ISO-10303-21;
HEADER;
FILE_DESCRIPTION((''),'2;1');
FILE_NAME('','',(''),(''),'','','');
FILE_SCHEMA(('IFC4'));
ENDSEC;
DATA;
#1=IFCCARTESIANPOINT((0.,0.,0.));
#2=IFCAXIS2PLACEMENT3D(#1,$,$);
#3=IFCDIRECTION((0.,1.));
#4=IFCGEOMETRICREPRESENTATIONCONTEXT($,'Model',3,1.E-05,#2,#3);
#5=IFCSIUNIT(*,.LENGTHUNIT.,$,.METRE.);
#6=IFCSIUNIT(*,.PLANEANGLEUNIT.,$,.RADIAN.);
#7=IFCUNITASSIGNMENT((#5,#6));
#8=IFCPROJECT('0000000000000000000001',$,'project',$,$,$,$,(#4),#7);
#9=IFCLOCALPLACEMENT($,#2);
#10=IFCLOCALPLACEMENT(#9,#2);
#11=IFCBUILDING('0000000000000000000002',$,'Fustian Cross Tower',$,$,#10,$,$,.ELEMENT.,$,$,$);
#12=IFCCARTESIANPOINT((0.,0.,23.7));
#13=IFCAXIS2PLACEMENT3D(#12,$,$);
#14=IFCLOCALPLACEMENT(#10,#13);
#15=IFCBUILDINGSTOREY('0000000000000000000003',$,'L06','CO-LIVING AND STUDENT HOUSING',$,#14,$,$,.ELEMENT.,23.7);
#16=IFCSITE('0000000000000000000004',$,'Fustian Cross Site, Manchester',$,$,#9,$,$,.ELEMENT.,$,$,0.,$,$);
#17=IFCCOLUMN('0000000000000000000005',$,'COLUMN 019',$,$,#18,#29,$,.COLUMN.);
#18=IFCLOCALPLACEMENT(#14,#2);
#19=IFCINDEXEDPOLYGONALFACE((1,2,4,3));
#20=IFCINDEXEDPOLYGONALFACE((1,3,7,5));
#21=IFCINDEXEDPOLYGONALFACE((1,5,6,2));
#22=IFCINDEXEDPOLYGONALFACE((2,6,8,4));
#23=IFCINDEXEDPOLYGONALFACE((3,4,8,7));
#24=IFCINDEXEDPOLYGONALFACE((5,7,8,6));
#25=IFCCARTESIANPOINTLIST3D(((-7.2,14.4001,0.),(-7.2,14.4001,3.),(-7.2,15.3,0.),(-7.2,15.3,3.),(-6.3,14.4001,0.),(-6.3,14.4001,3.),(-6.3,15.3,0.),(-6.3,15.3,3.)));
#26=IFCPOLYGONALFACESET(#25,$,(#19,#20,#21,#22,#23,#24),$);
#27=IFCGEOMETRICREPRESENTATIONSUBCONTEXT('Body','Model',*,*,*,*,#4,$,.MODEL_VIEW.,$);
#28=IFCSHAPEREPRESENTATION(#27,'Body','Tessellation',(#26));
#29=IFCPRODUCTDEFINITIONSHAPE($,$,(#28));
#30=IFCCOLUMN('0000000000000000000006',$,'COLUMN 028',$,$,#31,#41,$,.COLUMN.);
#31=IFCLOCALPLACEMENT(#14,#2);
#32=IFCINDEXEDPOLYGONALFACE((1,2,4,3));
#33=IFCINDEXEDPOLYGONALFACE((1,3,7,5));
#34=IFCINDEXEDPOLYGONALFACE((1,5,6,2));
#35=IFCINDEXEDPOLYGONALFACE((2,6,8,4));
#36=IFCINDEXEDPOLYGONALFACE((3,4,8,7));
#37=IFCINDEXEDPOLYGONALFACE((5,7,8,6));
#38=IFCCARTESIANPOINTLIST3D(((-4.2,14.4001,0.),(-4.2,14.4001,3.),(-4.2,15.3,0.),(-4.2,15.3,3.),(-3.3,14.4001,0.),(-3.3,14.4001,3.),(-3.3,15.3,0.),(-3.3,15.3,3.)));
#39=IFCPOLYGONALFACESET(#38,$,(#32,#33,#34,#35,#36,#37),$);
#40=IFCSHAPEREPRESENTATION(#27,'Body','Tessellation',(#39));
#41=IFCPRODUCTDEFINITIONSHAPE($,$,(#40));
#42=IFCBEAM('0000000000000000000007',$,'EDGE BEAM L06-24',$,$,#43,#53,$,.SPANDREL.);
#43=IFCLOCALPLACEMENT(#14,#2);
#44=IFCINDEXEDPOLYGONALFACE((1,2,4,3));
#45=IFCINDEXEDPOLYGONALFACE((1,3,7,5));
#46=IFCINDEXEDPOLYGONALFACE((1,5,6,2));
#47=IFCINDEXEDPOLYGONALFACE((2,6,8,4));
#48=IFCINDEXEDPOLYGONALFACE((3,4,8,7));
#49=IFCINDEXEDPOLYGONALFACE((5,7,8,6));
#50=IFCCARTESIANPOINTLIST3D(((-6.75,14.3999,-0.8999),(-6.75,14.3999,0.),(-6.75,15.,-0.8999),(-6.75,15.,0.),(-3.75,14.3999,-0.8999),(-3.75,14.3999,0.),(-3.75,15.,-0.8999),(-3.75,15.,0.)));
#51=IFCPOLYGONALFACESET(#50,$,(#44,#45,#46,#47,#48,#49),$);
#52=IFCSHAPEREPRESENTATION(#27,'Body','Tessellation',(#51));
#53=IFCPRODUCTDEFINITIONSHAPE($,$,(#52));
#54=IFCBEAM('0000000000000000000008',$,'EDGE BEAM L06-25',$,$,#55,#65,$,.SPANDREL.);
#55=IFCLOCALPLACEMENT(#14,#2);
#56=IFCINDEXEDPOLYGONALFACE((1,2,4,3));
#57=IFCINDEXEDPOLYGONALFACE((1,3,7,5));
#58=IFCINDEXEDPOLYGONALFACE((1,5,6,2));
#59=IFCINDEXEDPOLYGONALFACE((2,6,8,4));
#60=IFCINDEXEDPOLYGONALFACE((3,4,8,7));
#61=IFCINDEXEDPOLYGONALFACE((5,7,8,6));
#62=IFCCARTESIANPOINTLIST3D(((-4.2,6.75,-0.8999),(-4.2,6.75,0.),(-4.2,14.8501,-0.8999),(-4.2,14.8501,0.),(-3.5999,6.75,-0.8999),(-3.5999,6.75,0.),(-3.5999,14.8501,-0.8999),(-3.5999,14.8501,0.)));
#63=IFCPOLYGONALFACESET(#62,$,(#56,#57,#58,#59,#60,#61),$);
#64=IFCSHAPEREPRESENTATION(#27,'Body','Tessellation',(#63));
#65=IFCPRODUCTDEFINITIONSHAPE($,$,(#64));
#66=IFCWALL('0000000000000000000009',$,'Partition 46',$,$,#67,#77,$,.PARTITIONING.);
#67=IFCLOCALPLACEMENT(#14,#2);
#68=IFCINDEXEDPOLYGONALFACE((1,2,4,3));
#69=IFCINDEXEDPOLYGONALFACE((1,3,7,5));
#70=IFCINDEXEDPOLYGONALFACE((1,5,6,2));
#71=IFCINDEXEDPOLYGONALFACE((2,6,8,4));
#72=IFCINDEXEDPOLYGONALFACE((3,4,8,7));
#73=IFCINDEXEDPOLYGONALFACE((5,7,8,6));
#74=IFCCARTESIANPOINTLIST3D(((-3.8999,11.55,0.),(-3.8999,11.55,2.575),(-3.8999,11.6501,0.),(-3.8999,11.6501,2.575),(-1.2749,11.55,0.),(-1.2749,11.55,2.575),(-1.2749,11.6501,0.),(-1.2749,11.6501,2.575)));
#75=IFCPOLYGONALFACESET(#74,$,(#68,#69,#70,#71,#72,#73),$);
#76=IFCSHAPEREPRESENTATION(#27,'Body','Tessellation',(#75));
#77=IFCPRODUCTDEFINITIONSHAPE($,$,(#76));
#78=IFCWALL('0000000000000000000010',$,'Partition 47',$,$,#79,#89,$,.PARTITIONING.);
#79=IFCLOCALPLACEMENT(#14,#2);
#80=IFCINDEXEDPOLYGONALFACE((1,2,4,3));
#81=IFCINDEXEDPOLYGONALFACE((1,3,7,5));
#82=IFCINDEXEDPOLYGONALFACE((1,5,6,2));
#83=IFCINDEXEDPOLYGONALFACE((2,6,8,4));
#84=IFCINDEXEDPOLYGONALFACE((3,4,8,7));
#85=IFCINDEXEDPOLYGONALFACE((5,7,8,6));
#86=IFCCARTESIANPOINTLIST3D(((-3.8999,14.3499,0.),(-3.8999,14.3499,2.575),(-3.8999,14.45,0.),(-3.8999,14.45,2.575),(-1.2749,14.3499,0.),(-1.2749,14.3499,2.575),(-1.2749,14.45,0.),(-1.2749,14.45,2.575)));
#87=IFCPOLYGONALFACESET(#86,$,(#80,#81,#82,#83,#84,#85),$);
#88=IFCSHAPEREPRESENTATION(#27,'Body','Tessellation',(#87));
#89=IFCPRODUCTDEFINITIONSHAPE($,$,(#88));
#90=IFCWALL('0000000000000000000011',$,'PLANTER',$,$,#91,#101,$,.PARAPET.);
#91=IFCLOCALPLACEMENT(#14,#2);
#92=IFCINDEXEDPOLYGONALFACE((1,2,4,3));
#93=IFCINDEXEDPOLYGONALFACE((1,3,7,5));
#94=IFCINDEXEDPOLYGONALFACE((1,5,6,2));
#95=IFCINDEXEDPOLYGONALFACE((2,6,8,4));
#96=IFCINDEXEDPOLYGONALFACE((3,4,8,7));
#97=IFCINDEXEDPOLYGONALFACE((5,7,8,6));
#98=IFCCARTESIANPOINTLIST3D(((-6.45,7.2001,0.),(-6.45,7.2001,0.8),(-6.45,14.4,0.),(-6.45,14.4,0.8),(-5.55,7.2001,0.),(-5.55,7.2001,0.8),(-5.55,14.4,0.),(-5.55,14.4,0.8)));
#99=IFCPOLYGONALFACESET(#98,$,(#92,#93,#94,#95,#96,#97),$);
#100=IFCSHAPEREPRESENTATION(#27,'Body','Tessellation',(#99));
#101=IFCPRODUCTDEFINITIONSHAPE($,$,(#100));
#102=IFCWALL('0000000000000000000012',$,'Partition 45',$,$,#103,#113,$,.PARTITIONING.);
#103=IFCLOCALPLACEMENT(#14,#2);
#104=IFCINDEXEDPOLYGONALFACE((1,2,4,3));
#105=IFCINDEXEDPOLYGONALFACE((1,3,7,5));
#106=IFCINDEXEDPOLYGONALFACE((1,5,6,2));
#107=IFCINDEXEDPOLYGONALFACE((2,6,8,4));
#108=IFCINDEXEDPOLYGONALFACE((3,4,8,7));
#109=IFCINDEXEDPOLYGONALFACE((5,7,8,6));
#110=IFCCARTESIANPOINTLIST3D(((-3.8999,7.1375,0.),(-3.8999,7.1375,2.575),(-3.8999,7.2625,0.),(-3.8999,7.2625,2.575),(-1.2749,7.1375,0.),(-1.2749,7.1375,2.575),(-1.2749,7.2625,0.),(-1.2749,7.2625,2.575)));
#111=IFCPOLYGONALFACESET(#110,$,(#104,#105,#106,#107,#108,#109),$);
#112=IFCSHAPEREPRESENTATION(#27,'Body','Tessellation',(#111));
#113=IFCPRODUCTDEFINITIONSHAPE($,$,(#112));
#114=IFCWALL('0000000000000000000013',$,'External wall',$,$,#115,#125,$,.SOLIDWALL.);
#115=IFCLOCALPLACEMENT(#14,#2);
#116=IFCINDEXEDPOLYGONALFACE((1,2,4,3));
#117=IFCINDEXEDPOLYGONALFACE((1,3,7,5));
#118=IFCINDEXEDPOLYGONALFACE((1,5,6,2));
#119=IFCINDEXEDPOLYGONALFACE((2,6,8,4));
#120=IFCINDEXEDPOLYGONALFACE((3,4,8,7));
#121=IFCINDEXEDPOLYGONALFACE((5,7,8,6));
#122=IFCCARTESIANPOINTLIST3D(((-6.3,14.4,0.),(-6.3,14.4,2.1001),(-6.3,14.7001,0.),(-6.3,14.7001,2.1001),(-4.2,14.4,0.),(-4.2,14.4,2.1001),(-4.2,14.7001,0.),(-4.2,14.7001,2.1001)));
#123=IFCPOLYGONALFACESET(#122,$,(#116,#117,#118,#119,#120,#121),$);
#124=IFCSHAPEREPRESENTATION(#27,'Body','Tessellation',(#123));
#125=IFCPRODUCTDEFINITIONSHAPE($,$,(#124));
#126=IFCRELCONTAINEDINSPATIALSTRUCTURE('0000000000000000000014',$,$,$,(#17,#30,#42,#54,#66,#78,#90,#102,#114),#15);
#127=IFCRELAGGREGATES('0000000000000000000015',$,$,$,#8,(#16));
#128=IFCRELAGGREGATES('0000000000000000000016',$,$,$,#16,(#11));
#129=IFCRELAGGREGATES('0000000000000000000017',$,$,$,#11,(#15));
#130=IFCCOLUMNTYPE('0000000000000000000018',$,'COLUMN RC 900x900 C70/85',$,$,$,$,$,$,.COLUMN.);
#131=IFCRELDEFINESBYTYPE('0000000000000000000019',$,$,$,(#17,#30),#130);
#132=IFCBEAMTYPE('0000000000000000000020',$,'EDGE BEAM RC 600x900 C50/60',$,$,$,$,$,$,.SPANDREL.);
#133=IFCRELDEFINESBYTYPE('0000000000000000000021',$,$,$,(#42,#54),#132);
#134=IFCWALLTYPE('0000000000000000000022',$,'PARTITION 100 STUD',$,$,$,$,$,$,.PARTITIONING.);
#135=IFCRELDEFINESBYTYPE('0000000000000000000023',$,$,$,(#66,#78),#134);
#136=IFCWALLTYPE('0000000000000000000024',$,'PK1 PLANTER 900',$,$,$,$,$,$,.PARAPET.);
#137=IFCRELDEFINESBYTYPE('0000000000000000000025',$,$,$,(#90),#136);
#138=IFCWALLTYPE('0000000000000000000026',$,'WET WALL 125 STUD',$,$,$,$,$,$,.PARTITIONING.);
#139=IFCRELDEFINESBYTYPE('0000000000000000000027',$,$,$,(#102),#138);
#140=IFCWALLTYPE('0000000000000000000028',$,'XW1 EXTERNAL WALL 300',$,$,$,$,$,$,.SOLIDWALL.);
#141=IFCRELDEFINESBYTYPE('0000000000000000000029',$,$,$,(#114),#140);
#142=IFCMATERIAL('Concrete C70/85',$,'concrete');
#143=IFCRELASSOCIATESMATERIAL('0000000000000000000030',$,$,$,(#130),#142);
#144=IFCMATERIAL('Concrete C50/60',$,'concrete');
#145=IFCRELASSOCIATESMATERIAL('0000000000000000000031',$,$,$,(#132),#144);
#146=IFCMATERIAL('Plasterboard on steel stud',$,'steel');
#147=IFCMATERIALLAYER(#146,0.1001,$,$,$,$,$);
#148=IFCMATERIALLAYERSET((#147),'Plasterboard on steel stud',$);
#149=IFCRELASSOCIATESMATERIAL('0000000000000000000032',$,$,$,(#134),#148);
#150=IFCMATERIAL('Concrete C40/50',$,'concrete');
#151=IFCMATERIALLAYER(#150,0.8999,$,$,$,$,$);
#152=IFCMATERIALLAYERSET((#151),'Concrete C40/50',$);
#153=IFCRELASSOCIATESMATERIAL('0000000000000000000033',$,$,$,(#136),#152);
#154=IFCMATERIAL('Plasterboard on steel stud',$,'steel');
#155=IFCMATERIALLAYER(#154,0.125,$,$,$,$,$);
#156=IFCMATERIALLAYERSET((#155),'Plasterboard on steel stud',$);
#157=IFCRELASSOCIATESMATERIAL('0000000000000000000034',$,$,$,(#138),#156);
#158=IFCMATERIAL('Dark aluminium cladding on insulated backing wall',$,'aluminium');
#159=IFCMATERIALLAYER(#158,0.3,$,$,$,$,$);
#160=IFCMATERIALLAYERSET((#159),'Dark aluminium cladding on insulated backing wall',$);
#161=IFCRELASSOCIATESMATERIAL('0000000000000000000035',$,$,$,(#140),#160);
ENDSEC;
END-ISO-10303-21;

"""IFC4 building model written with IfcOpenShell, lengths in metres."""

from ifc_helpers import new_model, si_unit, direction, frame, frame_2d, origin, origin_2d, place, context, subcontext, project, spatial, rectangle, extrude, material, layer, layer_set, material_profile, profile_set, type_object, element, save


model = new_model("IFC4")

# Units and contexts
model_context = context("Model", 3, precision=1e-05, world=origin(), true_north=direction((0.0, 1.0)))
body_context = subcontext(model_context, "Body", "Model", "MODEL_VIEW")
ifc_project = project(units=[si_unit("LENGTHUNIT", "METRE"), si_unit("PLANEANGLEUNIT", "RADIAN")], contexts=[model_context])

# Site, building, storey
site_placement = place(None, origin())
site = spatial("IfcSite", under=ifc_project, at=site_placement, Name="Fustian Cross Site, Manchester", CompositionType="ELEMENT", RefElevation=0.0)
building_placement = place(site_placement, origin())
building = spatial("IfcBuilding", under=site, at=building_placement, Name="Fustian Cross Tower", CompositionType="ELEMENT")
storey_placement = place(building_placement, frame((0.0, 0.0, 23.7)))
storey = spatial("IfcBuildingStorey", under=building, at=storey_placement, Name="L06", Description="CO-LIVING AND STUDENT HOUSING", CompositionType="ELEMENT", Elevation=23.7)

# Columns
ifc_material_1 = material(Name="Concrete C70/85", Category="concrete")
ifc_material_profile_1 = material_profile(ifc_material_1, rectangle(XDim=0.8999, YDim=0.8999, at=origin_2d()), Name="RC 900x900")
ifc_profile_set_1 = profile_set([ifc_material_profile_1], Name="Concrete C70/85")
column_type = type_object("IfcColumnType", Name="COLUMN RC 900x900 C70/85", PredefinedType="COLUMN", material=ifc_profile_set_1)
for number, where, z_axis, x_axis, name in (
    (1, (-6.75, 14.8501, 0.0), (0.0, 0.0, 1.0), (1.0, 0.0, 0.0), "COLUMN 019"),
    (2, (-3.75, 14.8501, 0.0), (0.0, 0.0, 1.0), (1.0, 0.0, 0.0), "COLUMN 028"),
):
    element("IfcColumn", number, at=place(storey_placement, frame(where, z_axis=z_axis, x_axis=x_axis)), inside=storey, type_object=column_type, Name=name, PredefinedType="COLUMN", context=body_context, shape_type="SweptSolid", body=[
        extrude(rectangle(XDim=0.8999, YDim=0.8999, at=origin_2d()), origin(), (0.0, 0.0, 1.0), 3.0),
    ])

# Beams
ifc_material_2 = material(Name="Concrete C50/60", Category="concrete")
ifc_material_profile_2 = material_profile(ifc_material_2, rectangle(XDim=0.6001, YDim=0.8999, at=origin_2d()), Name="RC 600x900")
ifc_profile_set_2 = profile_set([ifc_material_profile_2], Name="Concrete C50/60")
beam_type = type_object("IfcBeamType", Name="EDGE BEAM RC 600x900 C50/60", PredefinedType="SPANDREL", material=ifc_profile_set_2)
beam_1_placement = place(storey_placement, frame((-6.75, 14.7, -0.45), z_axis=(1.0, 0.0, 0.0), x_axis=(0.0, 1.0, 0.0)))
element("IfcBeam", 3, at=beam_1_placement, inside=storey, type_object=beam_type, Name="EDGE BEAM L06-24", PredefinedType="SPANDREL", context=body_context, shape_type="SweptSolid", body=[
    extrude(rectangle(XDim=0.6001, YDim=0.8999, at=origin_2d()), origin(), (0.0, 0.0, 1.0), 3.0),
])
beam_2_placement = place(storey_placement, frame((-3.8999, 14.8501, -0.45), z_axis=(0.0, -1.0, 0.0), x_axis=(1.0, 0.0, 0.0)))
element("IfcBeam", 4, at=beam_2_placement, inside=storey, type_object=beam_type, Name="EDGE BEAM L06-25", PredefinedType="SPANDREL", context=body_context, shape_type="SweptSolid", body=[
    extrude(rectangle(XDim=0.6001, YDim=0.8999, at=origin_2d()), origin(), (0.0, 0.0, 1.0), 8.1001),
])

# Walls
ifc_material_3 = material(Name="Plasterboard on steel stud", Category="steel")
ifc_layer_1 = layer(ifc_material_3, 0.1001)
ifc_layer_set_1 = layer_set([ifc_layer_1], Name="Plasterboard on steel stud")
wall_type_1 = type_object("IfcWallType", Name="PARTITION 100 STUD", PredefinedType="PARTITIONING", material=ifc_layer_set_1)
for number, where, z_axis, x_axis, name in (
    (5, (-3.8999, 11.6001, 0.0), (0.0, 0.0, 1.0), (1.0, 0.0, 0.0), "Partition 46"),
    (6, (-3.8999, 14.3999, 0.0), (0.0, 0.0, 1.0), (1.0, 0.0, 0.0), "Partition 47"),
):
    element("IfcWall", number, at=place(storey_placement, frame(where, z_axis=z_axis, x_axis=x_axis)), inside=storey, type_object=wall_type_1, Name=name, PredefinedType="PARTITIONING", context=body_context, shape_type="SweptSolid", body=[
        extrude(rectangle(XDim=2.625, YDim=0.1001, at=frame_2d((1.3125, 0.0))), origin(), (0.0, 0.0, 1.0), 2.575),
    ])
ifc_material_4 = material(Name="Concrete C40/50", Category="concrete")
ifc_layer_2 = layer(ifc_material_4, 0.8999)
ifc_layer_set_2 = layer_set([ifc_layer_2], Name="Concrete C40/50")
wall_type_2 = type_object("IfcWallType", Name="PK1 PLANTER 900", PredefinedType="PARAPET", material=ifc_layer_set_2)
wall_1_placement = place(storey_placement, frame((-6.0, 7.2, 0.0), z_axis=(0.0, 0.0, 1.0), x_axis=(0.0, 1.0, 0.0)))
element("IfcWall", 7, at=wall_1_placement, inside=storey, type_object=wall_type_2, Name="PLANTER", PredefinedType="PARAPET", context=body_context, shape_type="SweptSolid", body=[
    extrude(rectangle(XDim=7.2, YDim=0.8999, at=frame_2d((3.6001, 0.0))), origin(), (0.0, 0.0, 1.0), 0.8),
])
ifc_material_5 = material(Name="Plasterboard on steel stud", Category="steel")
ifc_layer_3 = layer(ifc_material_5, 0.125)
ifc_layer_set_3 = layer_set([ifc_layer_3], Name="Plasterboard on steel stud")
wall_type_3 = type_object("IfcWallType", Name="WET WALL 125 STUD", PredefinedType="PARTITIONING", material=ifc_layer_set_3)
wall_2_placement = place(storey_placement, frame((-3.8999, 7.2, 0.0), z_axis=(0.0, 0.0, 1.0), x_axis=(1.0, 0.0, 0.0)))
element("IfcWall", 8, at=wall_2_placement, inside=storey, type_object=wall_type_3, Name="Partition 45", PredefinedType="PARTITIONING", context=body_context, shape_type="SweptSolid", body=[
    extrude(rectangle(XDim=2.625, YDim=0.125, at=frame_2d((1.3125, 0.0))), origin(), (0.0, 0.0, 1.0), 2.575),
])
ifc_material_6 = material(Name="Dark aluminium cladding on insulated backing wall", Category="aluminium")
ifc_layer_4 = layer(ifc_material_6, 0.3)
ifc_layer_set_4 = layer_set([ifc_layer_4], Name="Dark aluminium cladding on insulated backing wall")
wall_type_4 = type_object("IfcWallType", Name="XW1 EXTERNAL WALL 300", PredefinedType="SOLIDWALL", material=ifc_layer_set_4)
wall_3_placement = place(storey_placement, frame((-6.3, 14.55, 0.0), z_axis=(0.0, 0.0, 1.0), x_axis=(1.0, 0.0, 0.0)))
element("IfcWall", 9, at=wall_3_placement, inside=storey, type_object=wall_type_4, Name="External wall", PredefinedType="SOLIDWALL", context=body_context, shape_type="SweptSolid", body=[
    extrude(rectangle(XDim=2.1001, YDim=0.3, at=frame_2d((1.05, 0.0))), origin(), (0.0, 0.0, 1.0), 2.1001),
])

save(model, "model.ifc")
